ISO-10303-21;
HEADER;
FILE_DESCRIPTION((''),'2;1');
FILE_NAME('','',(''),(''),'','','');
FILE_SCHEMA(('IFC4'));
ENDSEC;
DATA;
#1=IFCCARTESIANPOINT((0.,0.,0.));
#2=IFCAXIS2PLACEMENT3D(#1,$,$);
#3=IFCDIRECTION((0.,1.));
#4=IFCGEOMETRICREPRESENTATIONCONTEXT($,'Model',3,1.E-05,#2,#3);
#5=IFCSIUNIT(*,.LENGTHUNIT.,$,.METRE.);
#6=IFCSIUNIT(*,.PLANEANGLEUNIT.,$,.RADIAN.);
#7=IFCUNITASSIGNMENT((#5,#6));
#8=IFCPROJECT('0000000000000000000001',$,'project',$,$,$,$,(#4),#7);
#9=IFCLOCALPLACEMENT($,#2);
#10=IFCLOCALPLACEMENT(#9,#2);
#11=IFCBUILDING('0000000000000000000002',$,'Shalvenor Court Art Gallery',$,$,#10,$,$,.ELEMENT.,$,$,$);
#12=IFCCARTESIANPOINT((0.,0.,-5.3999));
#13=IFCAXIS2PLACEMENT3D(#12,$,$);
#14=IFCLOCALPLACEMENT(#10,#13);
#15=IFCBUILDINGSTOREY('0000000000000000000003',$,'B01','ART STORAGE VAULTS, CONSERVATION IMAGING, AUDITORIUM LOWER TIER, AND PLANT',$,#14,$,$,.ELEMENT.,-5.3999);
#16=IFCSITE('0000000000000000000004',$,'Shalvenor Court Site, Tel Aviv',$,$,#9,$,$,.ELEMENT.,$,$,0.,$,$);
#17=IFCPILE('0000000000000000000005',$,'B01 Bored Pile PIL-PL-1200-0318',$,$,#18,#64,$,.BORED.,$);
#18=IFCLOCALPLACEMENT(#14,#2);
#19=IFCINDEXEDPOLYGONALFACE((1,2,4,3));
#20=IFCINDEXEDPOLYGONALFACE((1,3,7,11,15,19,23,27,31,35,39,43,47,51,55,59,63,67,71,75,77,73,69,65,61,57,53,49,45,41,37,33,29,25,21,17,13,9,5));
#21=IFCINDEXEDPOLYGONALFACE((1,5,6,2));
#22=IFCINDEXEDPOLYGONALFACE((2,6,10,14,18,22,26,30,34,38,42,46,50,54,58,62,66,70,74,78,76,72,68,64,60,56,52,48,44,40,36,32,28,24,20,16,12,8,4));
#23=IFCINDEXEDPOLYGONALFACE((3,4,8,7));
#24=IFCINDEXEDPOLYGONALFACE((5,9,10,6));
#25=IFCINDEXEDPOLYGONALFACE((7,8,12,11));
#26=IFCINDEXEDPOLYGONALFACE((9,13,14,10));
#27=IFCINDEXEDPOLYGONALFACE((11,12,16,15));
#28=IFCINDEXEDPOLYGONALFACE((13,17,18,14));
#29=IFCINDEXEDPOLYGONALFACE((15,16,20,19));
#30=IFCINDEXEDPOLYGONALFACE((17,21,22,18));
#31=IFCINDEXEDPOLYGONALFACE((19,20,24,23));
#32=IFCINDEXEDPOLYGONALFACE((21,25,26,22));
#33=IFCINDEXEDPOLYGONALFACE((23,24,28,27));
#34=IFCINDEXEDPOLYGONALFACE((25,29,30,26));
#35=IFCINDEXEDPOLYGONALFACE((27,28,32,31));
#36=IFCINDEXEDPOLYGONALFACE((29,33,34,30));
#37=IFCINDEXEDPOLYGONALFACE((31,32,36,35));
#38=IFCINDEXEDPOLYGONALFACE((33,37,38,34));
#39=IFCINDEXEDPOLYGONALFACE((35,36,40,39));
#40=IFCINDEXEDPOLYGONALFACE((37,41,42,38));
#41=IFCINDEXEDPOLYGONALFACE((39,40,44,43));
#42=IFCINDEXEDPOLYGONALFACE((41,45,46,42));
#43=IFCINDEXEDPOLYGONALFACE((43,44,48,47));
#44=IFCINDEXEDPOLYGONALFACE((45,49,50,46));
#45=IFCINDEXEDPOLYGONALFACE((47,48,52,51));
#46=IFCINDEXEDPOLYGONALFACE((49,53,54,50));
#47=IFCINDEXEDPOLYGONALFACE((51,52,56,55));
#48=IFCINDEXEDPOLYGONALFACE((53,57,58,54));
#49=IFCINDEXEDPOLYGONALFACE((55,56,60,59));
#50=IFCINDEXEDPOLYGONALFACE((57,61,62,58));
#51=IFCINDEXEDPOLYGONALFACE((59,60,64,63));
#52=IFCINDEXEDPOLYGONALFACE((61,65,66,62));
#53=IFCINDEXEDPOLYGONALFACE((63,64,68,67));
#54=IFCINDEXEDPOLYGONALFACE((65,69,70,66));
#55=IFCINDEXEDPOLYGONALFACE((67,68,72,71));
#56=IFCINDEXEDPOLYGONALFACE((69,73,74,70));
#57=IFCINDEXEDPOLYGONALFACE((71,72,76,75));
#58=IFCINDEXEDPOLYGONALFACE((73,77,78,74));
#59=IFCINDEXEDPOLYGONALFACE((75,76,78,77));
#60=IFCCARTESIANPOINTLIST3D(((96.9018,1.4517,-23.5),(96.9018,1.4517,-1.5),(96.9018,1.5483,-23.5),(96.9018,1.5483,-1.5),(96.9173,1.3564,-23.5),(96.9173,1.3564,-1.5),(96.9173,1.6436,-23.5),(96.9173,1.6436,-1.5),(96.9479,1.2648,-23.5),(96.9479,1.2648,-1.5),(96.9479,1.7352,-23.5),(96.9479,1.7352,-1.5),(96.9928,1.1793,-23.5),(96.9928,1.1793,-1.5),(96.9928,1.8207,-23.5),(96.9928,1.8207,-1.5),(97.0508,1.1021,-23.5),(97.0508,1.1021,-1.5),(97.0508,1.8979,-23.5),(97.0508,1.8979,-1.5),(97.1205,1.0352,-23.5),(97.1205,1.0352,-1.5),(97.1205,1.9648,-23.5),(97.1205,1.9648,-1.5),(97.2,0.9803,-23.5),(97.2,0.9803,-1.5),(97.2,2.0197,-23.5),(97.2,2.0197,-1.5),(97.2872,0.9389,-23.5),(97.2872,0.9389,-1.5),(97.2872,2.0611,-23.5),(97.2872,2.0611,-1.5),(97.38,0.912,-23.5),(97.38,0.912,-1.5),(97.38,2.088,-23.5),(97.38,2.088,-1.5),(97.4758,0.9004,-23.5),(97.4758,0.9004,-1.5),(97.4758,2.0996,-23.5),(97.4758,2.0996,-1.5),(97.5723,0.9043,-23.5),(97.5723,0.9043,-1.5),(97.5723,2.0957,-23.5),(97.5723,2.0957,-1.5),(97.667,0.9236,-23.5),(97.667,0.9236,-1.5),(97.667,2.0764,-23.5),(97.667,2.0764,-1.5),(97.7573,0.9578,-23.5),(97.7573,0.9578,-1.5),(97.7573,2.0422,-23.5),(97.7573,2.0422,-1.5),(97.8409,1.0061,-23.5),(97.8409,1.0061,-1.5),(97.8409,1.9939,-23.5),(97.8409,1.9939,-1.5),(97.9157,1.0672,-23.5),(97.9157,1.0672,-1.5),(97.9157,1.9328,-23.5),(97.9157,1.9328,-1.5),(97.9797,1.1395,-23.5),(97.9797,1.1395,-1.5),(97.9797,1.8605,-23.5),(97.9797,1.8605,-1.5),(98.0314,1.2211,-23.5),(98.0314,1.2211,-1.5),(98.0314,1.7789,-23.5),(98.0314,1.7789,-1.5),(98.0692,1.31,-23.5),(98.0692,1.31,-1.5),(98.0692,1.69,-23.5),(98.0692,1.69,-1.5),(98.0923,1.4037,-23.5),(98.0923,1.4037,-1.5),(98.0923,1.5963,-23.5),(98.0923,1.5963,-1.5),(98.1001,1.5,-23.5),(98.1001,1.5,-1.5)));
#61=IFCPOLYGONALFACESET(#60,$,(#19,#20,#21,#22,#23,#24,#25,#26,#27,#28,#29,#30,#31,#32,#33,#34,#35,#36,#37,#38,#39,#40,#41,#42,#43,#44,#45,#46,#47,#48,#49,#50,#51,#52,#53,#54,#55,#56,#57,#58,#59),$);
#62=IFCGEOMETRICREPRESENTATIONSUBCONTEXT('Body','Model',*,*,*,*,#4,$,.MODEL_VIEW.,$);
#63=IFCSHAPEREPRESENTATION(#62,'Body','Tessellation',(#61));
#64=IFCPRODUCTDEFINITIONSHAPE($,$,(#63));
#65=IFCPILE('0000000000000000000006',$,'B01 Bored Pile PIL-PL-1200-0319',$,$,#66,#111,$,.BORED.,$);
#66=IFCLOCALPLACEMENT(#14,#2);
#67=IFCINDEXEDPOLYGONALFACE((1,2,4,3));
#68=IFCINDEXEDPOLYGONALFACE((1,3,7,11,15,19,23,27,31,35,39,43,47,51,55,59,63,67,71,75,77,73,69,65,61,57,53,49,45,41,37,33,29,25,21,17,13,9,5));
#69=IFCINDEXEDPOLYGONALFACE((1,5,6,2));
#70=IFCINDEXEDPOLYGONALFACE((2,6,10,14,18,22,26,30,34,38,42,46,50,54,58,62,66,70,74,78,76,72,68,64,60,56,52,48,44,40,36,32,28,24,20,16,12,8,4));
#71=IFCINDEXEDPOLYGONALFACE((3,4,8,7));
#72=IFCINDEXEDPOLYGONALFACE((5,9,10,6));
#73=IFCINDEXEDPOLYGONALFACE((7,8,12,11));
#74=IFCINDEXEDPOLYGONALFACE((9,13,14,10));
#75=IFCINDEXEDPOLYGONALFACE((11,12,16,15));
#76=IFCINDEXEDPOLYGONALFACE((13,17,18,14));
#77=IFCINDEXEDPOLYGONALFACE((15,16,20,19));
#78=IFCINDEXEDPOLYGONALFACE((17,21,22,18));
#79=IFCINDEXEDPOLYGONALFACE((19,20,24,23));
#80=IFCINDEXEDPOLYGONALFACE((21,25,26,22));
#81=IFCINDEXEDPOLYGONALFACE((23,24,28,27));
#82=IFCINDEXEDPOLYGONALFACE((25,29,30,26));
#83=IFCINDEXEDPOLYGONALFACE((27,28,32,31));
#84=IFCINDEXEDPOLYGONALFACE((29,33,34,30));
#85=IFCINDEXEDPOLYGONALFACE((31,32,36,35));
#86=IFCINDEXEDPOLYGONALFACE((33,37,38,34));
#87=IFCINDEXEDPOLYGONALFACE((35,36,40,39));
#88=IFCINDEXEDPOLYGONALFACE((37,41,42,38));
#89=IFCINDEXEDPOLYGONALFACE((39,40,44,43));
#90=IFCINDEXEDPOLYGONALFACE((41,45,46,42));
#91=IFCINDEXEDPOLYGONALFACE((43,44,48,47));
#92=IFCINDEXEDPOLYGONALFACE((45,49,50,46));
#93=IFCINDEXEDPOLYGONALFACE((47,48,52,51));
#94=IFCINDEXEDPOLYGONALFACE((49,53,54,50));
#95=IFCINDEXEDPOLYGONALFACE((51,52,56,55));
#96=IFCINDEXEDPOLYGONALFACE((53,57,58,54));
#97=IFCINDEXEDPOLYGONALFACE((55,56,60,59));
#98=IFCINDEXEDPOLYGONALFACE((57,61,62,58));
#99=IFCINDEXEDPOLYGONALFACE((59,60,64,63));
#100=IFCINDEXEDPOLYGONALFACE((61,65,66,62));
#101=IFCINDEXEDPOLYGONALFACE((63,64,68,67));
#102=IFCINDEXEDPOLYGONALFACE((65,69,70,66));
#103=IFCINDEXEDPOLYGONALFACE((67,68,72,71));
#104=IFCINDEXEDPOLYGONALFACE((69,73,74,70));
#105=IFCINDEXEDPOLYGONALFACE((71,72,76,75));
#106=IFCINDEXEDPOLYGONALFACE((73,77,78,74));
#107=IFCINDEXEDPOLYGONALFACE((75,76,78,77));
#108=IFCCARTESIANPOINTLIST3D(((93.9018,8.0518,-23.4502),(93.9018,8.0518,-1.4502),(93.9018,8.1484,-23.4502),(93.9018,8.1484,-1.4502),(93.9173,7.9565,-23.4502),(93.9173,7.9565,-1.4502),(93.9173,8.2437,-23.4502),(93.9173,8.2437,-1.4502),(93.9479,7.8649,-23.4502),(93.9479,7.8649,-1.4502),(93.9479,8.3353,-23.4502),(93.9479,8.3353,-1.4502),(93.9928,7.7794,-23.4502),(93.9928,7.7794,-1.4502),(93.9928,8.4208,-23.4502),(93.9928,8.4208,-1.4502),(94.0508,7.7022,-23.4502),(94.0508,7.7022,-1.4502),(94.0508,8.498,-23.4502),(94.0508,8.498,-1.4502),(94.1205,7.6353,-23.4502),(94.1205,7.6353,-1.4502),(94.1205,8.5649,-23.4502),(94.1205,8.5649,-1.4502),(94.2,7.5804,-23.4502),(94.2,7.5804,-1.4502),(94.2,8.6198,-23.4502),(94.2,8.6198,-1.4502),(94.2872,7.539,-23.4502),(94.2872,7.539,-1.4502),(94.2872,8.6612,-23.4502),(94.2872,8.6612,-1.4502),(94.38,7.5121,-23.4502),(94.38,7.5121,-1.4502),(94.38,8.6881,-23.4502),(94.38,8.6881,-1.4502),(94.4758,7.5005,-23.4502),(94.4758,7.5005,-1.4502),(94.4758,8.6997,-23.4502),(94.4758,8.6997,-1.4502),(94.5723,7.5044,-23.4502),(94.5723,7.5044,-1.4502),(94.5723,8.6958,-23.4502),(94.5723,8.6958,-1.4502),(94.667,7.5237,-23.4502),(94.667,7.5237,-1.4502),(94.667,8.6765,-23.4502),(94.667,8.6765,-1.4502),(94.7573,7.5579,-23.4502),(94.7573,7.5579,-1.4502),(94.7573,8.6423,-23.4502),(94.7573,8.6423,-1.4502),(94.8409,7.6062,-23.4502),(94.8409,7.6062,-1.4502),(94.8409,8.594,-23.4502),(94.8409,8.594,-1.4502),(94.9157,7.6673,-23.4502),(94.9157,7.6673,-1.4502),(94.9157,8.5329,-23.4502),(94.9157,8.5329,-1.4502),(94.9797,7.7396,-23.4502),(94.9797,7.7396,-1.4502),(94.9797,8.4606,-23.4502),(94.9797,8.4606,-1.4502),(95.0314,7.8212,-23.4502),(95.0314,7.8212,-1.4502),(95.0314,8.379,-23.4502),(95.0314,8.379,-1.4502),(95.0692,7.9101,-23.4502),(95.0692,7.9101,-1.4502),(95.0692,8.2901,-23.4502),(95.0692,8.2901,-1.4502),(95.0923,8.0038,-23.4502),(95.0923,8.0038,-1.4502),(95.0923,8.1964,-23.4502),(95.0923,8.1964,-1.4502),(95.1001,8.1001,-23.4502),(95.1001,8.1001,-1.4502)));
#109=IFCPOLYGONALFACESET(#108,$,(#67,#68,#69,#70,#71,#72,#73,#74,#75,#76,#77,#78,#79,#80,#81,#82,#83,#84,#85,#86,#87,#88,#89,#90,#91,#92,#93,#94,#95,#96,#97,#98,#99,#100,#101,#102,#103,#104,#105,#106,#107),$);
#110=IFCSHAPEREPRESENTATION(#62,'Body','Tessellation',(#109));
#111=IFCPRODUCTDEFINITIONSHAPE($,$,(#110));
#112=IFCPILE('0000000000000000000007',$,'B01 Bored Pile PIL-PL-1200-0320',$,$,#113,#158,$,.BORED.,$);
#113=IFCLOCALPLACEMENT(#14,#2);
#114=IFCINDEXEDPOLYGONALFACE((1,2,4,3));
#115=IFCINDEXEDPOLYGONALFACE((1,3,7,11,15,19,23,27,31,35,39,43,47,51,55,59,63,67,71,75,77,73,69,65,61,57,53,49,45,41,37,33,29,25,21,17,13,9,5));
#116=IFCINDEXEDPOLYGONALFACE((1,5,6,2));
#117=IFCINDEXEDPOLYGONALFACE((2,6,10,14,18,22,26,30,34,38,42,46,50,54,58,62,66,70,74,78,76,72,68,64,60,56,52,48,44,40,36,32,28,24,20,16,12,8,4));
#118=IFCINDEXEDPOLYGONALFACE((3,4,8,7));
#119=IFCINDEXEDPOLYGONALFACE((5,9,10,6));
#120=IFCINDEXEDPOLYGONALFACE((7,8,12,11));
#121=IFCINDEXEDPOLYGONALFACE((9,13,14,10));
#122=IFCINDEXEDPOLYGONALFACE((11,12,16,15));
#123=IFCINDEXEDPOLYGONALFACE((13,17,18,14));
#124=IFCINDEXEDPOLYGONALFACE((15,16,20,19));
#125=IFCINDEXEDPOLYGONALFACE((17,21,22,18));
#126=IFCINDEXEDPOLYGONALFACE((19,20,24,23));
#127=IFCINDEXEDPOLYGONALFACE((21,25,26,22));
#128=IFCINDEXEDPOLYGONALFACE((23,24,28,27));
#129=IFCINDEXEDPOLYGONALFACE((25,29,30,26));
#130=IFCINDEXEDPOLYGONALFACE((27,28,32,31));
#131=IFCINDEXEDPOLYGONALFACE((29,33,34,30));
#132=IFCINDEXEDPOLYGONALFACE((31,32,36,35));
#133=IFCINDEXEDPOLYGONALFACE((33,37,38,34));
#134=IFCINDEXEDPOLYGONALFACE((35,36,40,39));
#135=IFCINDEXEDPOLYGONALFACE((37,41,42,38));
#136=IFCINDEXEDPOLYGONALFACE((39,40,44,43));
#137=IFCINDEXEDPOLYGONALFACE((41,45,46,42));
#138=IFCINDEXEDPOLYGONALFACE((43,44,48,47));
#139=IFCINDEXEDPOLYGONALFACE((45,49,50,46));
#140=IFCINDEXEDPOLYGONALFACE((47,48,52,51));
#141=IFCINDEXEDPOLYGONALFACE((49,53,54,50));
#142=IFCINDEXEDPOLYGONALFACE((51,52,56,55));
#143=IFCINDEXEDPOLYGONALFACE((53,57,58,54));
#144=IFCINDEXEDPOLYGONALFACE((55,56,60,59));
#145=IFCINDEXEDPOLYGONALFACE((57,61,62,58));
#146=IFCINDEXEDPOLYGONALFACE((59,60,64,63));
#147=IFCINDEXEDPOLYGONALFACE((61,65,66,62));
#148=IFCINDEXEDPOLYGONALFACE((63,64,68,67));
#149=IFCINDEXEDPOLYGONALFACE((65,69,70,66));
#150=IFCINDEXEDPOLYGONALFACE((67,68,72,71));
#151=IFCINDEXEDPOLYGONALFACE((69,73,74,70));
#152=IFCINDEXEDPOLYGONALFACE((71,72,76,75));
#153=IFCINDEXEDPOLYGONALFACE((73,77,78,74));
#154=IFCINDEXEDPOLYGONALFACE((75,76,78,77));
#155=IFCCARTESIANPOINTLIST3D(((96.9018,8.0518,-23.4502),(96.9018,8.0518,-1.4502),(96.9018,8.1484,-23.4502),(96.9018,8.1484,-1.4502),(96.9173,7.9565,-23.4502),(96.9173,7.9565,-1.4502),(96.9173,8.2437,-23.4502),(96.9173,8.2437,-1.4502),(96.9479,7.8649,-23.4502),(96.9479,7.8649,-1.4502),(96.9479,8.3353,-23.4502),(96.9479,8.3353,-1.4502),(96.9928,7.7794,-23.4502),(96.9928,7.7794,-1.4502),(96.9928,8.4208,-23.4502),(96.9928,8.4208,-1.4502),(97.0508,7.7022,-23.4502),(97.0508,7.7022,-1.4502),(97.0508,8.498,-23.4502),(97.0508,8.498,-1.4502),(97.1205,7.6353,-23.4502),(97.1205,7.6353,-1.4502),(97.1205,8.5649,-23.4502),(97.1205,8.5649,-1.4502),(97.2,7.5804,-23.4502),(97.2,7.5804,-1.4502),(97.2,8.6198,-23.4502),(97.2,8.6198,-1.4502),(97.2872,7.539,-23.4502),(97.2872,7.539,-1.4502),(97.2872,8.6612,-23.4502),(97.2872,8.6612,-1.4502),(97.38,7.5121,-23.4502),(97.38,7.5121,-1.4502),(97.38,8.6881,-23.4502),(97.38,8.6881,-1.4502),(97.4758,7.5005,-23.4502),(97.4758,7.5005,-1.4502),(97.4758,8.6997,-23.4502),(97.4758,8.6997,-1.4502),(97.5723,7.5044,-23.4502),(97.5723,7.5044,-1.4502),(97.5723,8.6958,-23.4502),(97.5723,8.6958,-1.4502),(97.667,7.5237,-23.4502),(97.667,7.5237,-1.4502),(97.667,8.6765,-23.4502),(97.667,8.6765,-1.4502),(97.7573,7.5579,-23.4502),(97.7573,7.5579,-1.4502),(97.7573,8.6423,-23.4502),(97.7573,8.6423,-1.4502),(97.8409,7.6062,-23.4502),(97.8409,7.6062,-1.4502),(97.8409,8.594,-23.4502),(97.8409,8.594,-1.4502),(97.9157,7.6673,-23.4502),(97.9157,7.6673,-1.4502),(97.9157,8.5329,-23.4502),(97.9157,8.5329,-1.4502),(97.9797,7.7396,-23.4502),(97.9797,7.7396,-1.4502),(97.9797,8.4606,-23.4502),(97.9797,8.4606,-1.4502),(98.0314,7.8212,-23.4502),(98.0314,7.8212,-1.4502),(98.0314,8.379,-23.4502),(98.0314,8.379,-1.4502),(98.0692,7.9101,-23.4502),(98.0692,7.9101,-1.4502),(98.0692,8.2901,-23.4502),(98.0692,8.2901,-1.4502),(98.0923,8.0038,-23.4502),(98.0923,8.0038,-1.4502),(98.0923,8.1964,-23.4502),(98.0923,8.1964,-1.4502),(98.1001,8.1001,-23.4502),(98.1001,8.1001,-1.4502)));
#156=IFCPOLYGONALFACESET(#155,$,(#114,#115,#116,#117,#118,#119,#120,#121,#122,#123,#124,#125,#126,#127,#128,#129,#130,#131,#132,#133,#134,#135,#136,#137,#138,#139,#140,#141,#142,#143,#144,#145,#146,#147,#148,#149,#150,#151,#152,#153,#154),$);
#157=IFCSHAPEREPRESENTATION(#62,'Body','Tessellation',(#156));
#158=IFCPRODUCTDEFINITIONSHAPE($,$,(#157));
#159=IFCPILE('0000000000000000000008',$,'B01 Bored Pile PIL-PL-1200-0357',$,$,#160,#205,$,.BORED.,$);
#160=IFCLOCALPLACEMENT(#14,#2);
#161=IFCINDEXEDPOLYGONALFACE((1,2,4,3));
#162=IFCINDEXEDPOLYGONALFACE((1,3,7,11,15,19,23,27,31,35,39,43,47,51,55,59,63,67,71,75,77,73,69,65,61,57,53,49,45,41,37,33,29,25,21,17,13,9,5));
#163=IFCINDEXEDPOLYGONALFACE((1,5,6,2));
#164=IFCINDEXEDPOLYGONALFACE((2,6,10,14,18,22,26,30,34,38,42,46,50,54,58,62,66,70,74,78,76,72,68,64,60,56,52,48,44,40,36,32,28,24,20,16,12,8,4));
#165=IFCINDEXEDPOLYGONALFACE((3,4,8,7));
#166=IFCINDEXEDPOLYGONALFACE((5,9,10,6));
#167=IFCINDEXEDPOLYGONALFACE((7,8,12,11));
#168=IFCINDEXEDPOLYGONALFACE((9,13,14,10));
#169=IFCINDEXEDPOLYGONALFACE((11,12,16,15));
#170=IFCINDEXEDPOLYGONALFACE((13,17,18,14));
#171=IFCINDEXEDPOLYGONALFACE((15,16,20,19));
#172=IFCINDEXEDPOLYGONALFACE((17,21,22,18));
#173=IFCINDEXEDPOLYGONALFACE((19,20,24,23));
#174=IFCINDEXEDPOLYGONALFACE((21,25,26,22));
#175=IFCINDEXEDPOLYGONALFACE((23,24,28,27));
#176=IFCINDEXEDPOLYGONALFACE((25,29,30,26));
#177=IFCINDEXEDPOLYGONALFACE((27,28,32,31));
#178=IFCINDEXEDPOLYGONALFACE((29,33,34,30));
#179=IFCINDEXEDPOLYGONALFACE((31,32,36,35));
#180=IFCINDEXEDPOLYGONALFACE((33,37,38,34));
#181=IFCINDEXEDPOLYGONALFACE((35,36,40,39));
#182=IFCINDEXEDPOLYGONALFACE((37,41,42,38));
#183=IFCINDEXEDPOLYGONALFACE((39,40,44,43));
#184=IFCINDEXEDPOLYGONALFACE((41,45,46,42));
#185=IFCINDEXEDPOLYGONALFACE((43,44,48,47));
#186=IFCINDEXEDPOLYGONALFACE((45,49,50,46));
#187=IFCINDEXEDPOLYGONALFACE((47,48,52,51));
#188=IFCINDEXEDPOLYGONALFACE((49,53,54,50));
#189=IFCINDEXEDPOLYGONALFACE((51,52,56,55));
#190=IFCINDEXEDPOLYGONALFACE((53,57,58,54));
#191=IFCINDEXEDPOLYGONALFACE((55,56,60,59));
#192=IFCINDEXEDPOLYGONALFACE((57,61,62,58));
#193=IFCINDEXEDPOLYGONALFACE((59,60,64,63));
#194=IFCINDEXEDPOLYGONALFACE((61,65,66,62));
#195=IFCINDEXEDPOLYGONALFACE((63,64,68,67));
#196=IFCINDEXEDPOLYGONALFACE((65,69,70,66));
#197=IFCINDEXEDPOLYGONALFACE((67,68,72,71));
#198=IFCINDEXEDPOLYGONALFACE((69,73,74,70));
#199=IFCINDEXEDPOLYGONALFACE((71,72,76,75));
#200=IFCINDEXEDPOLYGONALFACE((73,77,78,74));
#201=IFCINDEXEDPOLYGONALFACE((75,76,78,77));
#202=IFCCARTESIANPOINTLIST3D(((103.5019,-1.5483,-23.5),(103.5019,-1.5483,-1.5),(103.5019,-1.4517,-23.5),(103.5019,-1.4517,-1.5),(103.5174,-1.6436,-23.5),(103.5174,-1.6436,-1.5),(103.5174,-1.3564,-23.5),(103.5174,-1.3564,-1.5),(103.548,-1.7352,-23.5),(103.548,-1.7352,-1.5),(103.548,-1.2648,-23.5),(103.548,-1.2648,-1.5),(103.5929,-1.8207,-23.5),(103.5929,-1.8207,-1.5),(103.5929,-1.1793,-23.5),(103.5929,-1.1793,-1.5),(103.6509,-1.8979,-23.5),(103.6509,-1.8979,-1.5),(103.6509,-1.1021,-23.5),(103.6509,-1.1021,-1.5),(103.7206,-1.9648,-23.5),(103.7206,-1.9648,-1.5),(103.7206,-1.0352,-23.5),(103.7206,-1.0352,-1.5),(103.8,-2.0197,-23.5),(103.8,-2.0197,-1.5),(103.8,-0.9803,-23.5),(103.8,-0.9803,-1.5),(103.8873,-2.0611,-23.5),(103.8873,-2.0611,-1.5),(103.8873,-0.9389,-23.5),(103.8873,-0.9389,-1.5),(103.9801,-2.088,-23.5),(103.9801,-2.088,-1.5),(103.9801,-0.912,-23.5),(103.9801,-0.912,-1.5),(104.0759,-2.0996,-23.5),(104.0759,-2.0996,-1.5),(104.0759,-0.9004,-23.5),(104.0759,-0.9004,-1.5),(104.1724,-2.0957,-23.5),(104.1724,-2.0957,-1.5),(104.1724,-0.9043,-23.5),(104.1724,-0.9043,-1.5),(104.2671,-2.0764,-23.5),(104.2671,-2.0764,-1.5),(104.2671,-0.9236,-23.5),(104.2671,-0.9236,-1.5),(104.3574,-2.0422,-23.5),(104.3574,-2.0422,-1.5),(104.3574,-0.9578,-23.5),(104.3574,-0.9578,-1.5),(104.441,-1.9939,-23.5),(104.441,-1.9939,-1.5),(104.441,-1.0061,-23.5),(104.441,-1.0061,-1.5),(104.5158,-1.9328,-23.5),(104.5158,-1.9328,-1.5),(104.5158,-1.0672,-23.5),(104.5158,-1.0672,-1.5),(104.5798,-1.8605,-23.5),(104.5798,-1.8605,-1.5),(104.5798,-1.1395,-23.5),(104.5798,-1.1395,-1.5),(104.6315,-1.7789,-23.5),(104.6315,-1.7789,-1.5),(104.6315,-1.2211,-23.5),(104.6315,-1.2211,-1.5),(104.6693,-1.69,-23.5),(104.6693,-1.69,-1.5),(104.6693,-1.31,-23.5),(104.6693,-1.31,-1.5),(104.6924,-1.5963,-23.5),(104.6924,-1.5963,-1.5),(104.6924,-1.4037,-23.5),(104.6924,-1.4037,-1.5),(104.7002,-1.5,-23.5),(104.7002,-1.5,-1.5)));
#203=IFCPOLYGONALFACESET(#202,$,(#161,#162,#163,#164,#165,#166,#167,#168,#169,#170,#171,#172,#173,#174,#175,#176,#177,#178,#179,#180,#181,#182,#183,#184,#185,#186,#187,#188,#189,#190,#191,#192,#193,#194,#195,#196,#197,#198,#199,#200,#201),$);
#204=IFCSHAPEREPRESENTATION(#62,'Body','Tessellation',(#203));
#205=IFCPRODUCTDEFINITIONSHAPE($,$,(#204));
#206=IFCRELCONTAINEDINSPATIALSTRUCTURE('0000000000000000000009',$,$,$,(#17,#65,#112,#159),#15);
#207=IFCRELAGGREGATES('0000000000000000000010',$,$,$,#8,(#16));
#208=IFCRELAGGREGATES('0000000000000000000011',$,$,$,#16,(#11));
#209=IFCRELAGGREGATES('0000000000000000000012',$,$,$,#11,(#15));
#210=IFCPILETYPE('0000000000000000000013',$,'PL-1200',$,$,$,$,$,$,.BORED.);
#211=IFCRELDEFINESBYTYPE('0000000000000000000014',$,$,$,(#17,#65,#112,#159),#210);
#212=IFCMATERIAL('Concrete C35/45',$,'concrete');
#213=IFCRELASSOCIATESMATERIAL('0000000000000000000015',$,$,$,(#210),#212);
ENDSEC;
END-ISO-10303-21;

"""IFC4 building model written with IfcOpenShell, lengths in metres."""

from ifc_helpers import new_model, si_unit, direction, frame, origin, origin_2d, place, context, subcontext, project, spatial, circle, extrude, material, material_profile, profile_set, type_object, element, save


model = new_model("IFC4")

# Units and contexts
model_context = context("Model", 3, precision=1e-05, world=origin(), true_north=direction((0.0, 1.0)))
body_context = subcontext(model_context, "Body", "Model", "MODEL_VIEW")
ifc_project = project(units=[si_unit("LENGTHUNIT", "METRE"), si_unit("PLANEANGLEUNIT", "RADIAN")], contexts=[model_context])

# Site, building, storey
site_placement = place(None, origin())
site = spatial("IfcSite", under=ifc_project, at=site_placement, Name="Shalvenor Court Site, Tel Aviv", CompositionType="ELEMENT", RefElevation=0.0)
building_placement = place(site_placement, origin())
building = spatial("IfcBuilding", under=site, at=building_placement, Name="Shalvenor Court Art Gallery", CompositionType="ELEMENT")
storey_placement = place(building_placement, frame((0.0, 0.0, -5.3999)))
storey = spatial("IfcBuildingStorey", under=building, at=storey_placement, Name="B01", Description="ART STORAGE VAULTS, CONSERVATION IMAGING, AUDITORIUM LOWER TIER, AND PLANT", CompositionType="ELEMENT", Elevation=-5.3999)

# Piles
ifc_material_1 = material(Name="Concrete C35/45", Category="concrete")
ifc_material_profile_1 = material_profile(ifc_material_1, circle(Radius=0.6001, at=origin_2d()), Name="PILE 1200")
ifc_profile_set_1 = profile_set([ifc_material_profile_1], Name="Concrete C35/45")
pile_type = type_object("IfcPileType", Name="PL-1200", PredefinedType="BORED", material=ifc_profile_set_1)
for number, where, z_axis, x_axis, name in (
    (1, (97.5, 1.5, -1.5), (0.0, 0.0, -1.0), (1.0, 0.0, 0.0), "B01 Bored Pile PIL-PL-1200-0318"),
    (2, (94.5, 8.1001, -1.4502), (0.0, 0.0, -1.0), (1.0, 0.0, 0.0), "B01 Bored Pile PIL-PL-1200-0319"),
    (3, (97.5, 8.1001, -1.4502), (0.0, 0.0, -1.0), (1.0, 0.0, 0.0), "B01 Bored Pile PIL-PL-1200-0320"),
    (4, (104.1001, -1.5, -1.5), (0.0, 0.0, -1.0), (1.0, 0.0, 0.0), "B01 Bored Pile PIL-PL-1200-0357"),
):
    element("IfcPile", number, at=place(storey_placement, frame(where, z_axis=z_axis, x_axis=x_axis)), inside=storey, type_object=pile_type, Name=name, PredefinedType="BORED", context=body_context, shape_type="SweptSolid", body=[
        extrude(circle(Radius=0.6001, at=origin_2d()), origin(), (0.0, 0.0, 1.0), 22.0),
    ])

save(model, "model.ifc")
